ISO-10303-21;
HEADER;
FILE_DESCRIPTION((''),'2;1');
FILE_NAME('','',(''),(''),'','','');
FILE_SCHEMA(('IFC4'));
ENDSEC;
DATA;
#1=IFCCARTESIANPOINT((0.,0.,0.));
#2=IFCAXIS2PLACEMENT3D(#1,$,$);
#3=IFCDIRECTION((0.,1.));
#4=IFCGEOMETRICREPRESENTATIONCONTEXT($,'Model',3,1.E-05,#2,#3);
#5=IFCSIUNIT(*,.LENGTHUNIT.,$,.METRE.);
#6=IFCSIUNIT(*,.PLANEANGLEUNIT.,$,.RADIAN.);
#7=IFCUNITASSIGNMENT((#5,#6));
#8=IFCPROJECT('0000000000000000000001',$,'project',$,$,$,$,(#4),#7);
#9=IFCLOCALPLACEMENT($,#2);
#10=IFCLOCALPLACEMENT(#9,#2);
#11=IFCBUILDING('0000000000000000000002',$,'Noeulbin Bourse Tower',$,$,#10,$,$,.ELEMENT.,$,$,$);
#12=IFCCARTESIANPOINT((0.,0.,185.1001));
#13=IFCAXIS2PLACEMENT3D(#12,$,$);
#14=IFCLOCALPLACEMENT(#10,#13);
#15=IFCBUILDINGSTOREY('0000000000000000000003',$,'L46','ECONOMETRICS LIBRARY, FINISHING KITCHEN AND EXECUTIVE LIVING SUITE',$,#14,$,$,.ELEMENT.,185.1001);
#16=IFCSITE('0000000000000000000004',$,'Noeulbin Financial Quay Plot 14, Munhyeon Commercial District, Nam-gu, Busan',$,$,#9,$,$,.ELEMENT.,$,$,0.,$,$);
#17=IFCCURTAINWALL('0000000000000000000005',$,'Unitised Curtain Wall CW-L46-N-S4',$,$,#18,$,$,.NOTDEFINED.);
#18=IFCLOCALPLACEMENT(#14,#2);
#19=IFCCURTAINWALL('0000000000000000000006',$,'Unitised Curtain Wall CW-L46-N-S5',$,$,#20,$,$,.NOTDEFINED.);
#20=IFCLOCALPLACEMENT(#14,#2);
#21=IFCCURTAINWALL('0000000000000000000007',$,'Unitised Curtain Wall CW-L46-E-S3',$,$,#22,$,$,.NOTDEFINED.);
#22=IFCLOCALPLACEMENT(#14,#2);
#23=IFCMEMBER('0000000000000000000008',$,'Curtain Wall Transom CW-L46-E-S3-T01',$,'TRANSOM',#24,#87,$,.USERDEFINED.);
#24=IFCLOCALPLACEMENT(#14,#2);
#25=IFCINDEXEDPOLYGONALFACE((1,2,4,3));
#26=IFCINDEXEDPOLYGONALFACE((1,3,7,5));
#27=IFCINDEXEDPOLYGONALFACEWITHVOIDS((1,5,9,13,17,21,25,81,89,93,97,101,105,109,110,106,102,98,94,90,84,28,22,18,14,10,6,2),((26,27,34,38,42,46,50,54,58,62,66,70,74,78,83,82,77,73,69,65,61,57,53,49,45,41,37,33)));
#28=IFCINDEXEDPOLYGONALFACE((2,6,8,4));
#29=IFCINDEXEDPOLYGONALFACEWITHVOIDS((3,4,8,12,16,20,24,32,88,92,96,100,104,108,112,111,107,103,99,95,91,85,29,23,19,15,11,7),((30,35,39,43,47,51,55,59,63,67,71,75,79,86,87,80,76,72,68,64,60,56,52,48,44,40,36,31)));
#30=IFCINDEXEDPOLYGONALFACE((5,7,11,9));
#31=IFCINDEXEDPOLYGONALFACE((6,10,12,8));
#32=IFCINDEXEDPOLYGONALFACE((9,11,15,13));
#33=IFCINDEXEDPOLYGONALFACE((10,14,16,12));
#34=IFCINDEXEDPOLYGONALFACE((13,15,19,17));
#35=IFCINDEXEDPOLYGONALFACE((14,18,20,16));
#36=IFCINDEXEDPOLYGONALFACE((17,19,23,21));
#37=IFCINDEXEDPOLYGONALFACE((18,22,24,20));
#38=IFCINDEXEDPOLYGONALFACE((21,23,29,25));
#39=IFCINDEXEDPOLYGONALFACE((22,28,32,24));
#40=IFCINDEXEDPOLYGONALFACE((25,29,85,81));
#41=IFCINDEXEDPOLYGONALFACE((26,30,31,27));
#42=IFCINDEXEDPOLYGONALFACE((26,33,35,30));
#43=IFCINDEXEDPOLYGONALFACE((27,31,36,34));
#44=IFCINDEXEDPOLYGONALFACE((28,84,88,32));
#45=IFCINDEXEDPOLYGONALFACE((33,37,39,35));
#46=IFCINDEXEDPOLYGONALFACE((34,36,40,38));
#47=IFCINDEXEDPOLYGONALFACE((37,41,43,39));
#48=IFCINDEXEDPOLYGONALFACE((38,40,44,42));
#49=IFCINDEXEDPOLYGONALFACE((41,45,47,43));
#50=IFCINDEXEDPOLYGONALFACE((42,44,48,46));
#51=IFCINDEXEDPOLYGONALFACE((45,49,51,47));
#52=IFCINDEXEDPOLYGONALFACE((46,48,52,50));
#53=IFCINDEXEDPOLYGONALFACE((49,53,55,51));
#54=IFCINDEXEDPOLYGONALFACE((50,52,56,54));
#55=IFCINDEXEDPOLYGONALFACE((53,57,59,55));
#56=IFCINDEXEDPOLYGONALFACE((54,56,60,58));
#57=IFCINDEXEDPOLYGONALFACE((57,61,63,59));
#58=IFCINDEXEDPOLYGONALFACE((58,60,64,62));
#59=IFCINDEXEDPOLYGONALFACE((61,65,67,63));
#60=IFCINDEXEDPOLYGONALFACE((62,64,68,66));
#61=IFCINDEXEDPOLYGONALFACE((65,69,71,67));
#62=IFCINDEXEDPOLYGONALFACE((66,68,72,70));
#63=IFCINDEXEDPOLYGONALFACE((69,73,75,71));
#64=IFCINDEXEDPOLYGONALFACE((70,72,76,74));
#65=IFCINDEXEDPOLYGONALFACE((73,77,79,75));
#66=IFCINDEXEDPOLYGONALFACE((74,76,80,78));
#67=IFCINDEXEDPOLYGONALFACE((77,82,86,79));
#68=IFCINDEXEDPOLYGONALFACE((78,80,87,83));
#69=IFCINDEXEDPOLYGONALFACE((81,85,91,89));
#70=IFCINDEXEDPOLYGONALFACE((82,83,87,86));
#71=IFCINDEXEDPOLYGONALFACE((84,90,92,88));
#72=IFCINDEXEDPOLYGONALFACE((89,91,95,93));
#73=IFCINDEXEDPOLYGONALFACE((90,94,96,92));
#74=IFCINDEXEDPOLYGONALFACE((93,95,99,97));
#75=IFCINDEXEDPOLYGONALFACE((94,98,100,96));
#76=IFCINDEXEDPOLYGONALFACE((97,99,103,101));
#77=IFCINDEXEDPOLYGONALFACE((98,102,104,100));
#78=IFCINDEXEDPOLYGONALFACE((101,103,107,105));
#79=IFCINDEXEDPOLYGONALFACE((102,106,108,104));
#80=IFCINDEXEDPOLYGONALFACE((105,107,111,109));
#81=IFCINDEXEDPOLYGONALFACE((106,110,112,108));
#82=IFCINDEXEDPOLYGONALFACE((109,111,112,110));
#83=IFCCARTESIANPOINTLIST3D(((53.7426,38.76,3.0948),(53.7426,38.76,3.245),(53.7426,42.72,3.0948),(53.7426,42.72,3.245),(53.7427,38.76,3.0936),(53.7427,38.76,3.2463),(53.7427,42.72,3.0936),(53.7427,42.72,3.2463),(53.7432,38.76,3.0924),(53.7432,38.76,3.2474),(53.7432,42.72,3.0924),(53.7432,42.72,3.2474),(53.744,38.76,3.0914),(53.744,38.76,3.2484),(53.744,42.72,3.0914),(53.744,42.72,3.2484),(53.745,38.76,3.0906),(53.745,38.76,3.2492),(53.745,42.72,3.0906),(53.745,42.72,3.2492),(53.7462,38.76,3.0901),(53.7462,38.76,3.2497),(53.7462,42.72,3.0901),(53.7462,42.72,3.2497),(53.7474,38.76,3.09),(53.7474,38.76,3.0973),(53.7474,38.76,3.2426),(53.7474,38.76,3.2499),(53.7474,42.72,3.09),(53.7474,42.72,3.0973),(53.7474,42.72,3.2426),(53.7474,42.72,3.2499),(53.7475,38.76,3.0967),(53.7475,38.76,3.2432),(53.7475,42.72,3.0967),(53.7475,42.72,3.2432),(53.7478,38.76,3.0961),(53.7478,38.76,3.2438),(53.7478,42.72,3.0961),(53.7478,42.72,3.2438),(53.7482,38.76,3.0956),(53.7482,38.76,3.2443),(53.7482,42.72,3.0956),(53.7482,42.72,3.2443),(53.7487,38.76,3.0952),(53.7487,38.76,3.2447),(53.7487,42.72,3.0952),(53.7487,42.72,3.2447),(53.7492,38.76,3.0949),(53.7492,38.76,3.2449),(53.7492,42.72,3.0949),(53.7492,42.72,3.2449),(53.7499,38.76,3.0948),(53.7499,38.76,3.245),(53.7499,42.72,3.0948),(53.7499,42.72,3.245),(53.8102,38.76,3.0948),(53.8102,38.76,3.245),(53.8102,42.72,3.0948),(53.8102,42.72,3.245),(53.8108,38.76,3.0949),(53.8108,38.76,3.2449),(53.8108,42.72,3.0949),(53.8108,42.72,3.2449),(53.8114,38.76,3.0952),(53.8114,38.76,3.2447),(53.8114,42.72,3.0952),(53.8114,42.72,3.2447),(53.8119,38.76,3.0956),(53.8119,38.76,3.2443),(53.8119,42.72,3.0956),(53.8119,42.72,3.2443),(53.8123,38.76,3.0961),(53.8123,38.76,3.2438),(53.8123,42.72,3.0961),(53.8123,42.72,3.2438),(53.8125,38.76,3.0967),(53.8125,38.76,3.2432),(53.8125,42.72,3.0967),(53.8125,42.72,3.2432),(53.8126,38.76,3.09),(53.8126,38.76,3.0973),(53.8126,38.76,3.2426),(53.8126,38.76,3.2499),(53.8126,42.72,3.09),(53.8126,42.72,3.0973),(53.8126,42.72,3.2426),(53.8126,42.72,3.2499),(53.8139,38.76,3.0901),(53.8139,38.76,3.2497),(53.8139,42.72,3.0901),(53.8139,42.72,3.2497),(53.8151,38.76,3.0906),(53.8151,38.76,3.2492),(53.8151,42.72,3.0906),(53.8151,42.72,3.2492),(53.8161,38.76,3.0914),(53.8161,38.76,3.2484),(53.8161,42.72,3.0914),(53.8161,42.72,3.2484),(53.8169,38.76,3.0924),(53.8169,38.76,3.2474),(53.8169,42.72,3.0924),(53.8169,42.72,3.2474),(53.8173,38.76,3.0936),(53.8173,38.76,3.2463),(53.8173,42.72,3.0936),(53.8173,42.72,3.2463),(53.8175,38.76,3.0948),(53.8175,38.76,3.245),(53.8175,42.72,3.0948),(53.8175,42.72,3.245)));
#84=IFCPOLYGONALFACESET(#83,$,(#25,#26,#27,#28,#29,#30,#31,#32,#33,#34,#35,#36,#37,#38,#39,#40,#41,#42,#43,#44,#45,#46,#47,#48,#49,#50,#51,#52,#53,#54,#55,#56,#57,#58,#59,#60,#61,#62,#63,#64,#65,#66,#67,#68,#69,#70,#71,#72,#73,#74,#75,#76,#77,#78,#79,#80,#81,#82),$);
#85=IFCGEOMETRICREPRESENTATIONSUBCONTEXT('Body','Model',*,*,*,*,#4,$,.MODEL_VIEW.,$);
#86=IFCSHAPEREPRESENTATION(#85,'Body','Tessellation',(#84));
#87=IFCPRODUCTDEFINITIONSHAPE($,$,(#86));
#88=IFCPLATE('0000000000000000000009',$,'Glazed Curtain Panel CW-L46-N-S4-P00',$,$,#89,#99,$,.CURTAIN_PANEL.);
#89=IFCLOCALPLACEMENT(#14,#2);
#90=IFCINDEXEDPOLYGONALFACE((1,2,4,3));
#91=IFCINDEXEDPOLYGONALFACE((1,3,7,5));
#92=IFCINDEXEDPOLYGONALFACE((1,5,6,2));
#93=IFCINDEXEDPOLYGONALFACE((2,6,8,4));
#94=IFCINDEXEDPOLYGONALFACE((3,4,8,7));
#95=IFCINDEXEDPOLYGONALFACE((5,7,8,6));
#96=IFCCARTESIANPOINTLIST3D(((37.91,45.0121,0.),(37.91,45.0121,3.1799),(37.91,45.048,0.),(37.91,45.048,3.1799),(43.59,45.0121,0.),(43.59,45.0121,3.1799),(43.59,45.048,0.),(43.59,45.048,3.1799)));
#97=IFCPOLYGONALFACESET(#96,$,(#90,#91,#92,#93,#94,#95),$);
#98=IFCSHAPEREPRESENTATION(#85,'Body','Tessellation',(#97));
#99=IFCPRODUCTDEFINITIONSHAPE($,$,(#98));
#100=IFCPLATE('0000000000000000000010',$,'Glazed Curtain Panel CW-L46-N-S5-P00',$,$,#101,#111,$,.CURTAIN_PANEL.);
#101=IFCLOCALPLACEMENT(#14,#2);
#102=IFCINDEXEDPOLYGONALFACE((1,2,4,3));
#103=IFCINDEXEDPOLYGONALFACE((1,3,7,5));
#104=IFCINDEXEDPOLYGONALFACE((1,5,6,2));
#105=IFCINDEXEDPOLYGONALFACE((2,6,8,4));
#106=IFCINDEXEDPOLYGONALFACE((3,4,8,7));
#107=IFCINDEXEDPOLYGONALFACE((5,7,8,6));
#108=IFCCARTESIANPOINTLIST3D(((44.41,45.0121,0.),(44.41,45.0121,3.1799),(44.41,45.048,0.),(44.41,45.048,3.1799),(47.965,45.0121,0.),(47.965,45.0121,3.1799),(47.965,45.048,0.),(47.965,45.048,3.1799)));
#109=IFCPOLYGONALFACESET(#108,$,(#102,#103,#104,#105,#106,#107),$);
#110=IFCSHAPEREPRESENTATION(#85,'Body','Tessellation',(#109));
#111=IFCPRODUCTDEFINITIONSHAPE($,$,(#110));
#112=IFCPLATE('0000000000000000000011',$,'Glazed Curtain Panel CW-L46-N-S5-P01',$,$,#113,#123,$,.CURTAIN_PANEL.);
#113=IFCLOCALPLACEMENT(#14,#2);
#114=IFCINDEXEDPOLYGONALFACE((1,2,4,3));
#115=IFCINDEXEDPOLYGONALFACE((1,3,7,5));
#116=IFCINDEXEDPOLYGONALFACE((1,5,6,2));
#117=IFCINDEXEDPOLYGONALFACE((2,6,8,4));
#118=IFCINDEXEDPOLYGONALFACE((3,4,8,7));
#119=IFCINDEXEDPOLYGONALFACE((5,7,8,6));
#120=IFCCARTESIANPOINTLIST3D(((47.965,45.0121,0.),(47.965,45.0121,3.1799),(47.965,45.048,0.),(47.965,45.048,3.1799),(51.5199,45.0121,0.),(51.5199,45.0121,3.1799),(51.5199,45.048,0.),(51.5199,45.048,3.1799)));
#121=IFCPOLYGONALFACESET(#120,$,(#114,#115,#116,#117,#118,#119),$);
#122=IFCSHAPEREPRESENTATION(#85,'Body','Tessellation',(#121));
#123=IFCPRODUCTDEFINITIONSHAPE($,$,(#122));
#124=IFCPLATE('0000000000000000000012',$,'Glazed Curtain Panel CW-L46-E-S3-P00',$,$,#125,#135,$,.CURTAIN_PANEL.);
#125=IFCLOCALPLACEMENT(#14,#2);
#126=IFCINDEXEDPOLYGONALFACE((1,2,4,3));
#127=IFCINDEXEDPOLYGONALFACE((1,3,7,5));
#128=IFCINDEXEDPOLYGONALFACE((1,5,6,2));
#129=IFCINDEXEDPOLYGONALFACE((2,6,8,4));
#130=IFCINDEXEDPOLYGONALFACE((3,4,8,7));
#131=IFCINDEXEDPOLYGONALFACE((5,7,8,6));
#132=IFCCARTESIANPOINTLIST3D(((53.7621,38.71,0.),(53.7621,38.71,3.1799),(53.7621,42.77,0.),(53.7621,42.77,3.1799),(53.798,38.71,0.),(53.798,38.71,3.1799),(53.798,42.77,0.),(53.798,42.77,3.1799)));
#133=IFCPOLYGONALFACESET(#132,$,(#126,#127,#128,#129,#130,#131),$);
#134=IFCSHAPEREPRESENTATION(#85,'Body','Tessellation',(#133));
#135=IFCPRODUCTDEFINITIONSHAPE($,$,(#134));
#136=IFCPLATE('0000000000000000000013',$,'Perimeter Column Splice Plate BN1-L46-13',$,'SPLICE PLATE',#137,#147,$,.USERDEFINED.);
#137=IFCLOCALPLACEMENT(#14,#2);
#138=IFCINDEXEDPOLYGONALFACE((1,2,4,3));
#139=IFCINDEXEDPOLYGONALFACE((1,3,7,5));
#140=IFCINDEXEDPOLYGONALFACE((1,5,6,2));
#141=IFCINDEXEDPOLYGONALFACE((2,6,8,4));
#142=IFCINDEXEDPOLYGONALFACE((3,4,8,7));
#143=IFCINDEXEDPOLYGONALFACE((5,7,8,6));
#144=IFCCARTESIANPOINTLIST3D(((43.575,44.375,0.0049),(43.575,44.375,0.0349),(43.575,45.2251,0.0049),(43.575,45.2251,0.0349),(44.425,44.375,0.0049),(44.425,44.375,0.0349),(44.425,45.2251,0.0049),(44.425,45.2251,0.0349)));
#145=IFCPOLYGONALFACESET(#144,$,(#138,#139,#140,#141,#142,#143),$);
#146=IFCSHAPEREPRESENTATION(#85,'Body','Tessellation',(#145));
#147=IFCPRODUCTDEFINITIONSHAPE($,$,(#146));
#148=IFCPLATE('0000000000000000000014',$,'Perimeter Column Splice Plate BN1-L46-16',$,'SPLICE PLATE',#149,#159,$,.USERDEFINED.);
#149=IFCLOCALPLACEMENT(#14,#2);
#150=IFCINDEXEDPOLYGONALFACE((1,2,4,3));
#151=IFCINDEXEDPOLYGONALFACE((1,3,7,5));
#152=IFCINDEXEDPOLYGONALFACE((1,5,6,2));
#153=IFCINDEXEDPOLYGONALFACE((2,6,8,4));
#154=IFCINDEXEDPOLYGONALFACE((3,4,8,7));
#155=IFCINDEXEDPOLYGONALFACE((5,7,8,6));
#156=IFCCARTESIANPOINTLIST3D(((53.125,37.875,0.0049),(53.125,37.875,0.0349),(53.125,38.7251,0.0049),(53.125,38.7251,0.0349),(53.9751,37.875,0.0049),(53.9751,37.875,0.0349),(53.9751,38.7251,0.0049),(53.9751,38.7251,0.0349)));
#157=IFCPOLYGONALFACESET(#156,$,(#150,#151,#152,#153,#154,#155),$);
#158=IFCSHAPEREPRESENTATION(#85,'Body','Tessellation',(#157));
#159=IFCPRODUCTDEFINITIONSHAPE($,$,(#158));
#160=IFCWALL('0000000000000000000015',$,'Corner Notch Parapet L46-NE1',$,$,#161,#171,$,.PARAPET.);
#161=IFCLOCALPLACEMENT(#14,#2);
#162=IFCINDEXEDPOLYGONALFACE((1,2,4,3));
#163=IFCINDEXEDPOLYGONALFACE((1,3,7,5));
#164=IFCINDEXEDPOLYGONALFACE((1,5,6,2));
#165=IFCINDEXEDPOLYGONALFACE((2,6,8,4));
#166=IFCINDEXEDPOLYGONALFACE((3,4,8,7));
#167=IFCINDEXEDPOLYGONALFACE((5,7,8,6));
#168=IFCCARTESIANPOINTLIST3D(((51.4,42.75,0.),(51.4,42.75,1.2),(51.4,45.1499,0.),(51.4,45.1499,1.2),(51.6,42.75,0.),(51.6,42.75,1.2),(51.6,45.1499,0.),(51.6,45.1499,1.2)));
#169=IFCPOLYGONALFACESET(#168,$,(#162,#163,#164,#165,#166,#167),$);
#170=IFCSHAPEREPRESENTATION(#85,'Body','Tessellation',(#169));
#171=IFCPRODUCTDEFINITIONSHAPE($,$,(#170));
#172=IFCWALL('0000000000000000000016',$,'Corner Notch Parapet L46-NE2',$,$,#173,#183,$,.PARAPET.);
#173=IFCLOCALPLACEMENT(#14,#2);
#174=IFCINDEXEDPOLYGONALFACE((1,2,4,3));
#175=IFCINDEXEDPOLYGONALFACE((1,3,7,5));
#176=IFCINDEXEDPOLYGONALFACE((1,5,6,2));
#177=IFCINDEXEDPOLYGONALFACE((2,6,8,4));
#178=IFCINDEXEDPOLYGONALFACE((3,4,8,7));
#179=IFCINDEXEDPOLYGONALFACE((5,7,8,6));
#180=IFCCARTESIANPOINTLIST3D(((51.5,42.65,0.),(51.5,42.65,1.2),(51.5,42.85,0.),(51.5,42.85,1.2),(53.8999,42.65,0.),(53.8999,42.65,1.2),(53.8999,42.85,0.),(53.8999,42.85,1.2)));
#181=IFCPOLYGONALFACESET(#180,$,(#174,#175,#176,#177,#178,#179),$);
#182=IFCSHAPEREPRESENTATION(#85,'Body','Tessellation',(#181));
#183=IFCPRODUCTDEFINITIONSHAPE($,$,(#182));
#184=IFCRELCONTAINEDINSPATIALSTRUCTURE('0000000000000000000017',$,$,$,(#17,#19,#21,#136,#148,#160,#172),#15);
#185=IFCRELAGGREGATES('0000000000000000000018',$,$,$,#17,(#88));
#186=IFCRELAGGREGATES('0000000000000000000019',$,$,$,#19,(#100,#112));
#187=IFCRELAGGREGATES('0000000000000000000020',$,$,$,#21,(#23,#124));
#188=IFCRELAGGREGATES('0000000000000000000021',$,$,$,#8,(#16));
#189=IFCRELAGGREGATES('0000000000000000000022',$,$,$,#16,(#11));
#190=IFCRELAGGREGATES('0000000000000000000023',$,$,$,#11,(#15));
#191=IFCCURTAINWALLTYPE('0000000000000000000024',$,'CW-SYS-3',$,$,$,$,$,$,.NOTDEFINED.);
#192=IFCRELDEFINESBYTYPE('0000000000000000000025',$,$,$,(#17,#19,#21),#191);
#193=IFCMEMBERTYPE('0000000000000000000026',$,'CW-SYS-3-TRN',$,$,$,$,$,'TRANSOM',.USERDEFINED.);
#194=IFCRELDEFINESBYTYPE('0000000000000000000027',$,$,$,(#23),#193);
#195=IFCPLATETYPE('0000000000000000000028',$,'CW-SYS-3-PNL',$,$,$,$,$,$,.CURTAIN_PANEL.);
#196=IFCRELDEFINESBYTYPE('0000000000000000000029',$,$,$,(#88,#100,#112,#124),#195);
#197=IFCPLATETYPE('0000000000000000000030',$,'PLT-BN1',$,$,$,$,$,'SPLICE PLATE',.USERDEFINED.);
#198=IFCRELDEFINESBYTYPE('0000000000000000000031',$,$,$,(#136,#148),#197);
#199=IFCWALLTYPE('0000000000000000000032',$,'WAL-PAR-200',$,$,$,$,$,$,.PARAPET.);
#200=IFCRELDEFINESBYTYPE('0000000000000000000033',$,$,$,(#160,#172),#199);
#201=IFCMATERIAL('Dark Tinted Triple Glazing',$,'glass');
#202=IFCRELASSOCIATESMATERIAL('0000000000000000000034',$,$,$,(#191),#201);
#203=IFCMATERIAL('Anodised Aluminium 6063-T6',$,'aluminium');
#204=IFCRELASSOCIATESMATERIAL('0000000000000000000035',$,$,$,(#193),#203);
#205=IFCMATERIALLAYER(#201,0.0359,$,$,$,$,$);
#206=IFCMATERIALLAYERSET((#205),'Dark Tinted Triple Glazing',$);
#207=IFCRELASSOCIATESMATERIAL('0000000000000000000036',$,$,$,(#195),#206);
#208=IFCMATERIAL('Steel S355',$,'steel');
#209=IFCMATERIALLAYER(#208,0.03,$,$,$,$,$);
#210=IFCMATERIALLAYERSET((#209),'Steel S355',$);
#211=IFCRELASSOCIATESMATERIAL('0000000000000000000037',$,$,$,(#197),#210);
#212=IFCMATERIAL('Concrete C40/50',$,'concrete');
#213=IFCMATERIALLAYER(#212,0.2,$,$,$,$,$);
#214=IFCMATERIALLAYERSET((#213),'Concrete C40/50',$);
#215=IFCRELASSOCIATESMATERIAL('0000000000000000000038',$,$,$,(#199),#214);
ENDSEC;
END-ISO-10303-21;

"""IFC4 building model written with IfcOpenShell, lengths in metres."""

from ifc_helpers import new_model, si_unit, direction, frame, frame_2d, origin, origin_2d, place, context, subcontext, project, spatial, rectangle, hollow_rectangle, extrude, material, layer, layer_set, material_profile, profile_set, type_object, element, aggregate, save


model = new_model("IFC4")

# Units and contexts
model_context = context("Model", 3, precision=1e-05, world=origin(), true_north=direction((0.0, 1.0)))
body_context = subcontext(model_context, "Body", "Model", "MODEL_VIEW")
ifc_project = project(units=[si_unit("LENGTHUNIT", "METRE"), si_unit("PLANEANGLEUNIT", "RADIAN")], contexts=[model_context])

# Site, building, storey
site_placement = place(None, origin())
site = spatial("IfcSite", under=ifc_project, at=site_placement, Name="Noeulbin Financial Quay Plot 14, Munhyeon Commercial District, Nam-gu, Busan", CompositionType="ELEMENT", RefElevation=0.0)
building_placement = place(site_placement, origin())
building = spatial("IfcBuilding", under=site, at=building_placement, Name="Noeulbin Bourse Tower", CompositionType="ELEMENT")
storey_placement = place(building_placement, frame((0.0, 0.0, 185.1001)))
storey = spatial("IfcBuildingStorey", under=building, at=storey_placement, Name="L46", Description="ECONOMETRICS LIBRARY, FINISHING KITCHEN AND EXECUTIVE LIVING SUITE", CompositionType="ELEMENT", Elevation=185.1001)

# Shared definitions
ifc_material_1 = material(Name="Steel S355", Category="steel")

# Curtain wall
ifc_material_2 = material(Name="Dark Tinted Triple Glazing", Category="glass")
curtain_wall_type = type_object("IfcCurtainWallType", Name="CW-SYS-3", PredefinedType="NOTDEFINED", material=ifc_material_2)
curtain_wall_1_placement = place(storey_placement, origin())
curtain_wall_1 = element("IfcCurtainWall", 1, at=curtain_wall_1_placement, inside=storey, type_object=curtain_wall_type, Name="Unitised Curtain Wall CW-L46-N-S4", PredefinedType="NOTDEFINED")
ifc_material_3 = material(Name="Anodised Aluminium 6063-T6", Category="aluminium")

# Curtain walls
curtain_wall_2_placement = place(storey_placement, origin())
curtain_wall_2 = element("IfcCurtainWall", 2, at=curtain_wall_2_placement, inside=storey, type_object=curtain_wall_type, Name="Unitised Curtain Wall CW-L46-N-S5", PredefinedType="NOTDEFINED")
curtain_wall_3_placement = place(storey_placement, origin())
curtain_wall_3 = element("IfcCurtainWall", 3, at=curtain_wall_3_placement, inside=storey, type_object=curtain_wall_type, Name="Unitised Curtain Wall CW-L46-E-S3", PredefinedType="NOTDEFINED")

# Member
ifc_material_profile_1 = material_profile(ifc_material_3, hollow_rectangle(XDim=0.075, YDim=0.1599, WallThickness=0.0049, InnerFilletRadius=0.0024, OuterFilletRadius=0.0049, at=origin_2d()), Name="ALU-TRAN-75x160x5", Category="LoadBearing")
ifc_profile_set_1 = profile_set([ifc_material_profile_1], Name="Anodised Aluminium 6063-T6")
member_type_1 = type_object("IfcMemberType", Name="CW-SYS-3-TRN", ElementType="TRANSOM", PredefinedType="USERDEFINED", material=ifc_profile_set_1)
member_1_placement = place(storey_placement, frame((53.78, 38.76, 3.1699), z_axis=(0.0, 1.0, 0.0), x_axis=(-1.0, 0.0, 0.0)))
member_1 = element("IfcMember", 4, at=member_1_placement, type_object=member_type_1, Name="Curtain Wall Transom CW-L46-E-S3-T01", ObjectType="TRANSOM", PredefinedType="USERDEFINED", context=body_context, shape_type="SweptSolid", body=[
    extrude(hollow_rectangle(XDim=0.075, YDim=0.1599, WallThickness=0.0049, InnerFilletRadius=0.0024, OuterFilletRadius=0.0049, at=origin_2d()), origin(), (0.0, 0.0, 1.0), 3.96),
])

# Plates
ifc_layer_1 = layer(ifc_material_2, 0.0359)
ifc_layer_set_1 = layer_set([ifc_layer_1], Name="Dark Tinted Triple Glazing")
plate_type_1 = type_object("IfcPlateType", Name="CW-SYS-3-PNL", PredefinedType="CURTAIN_PANEL", material=ifc_layer_set_1)
plate_1_placement = place(storey_placement, frame((40.75, 45.03, 0.0), z_axis=(0.0, 0.0, 1.0), x_axis=(1.0, 0.0, 0.0)))
plate_1 = element("IfcPlate", 5, at=plate_1_placement, type_object=plate_type_1, Name="Glazed Curtain Panel CW-L46-N-S4-P00", PredefinedType="CURTAIN_PANEL", context=body_context, shape_type="SweptSolid", body=[
    extrude(rectangle(XDim=5.6799, YDim=0.0359, at=origin_2d()), origin(), (0.0, 0.0, 1.0), 3.1799),
])
aggregate(curtain_wall_1, [plate_1])
plate_2_placement = place(storey_placement, frame((46.1875, 45.03, 0.0), z_axis=(0.0, 0.0, 1.0), x_axis=(1.0, 0.0, 0.0)))
plate_2 = element("IfcPlate", 6, at=plate_2_placement, type_object=plate_type_1, Name="Glazed Curtain Panel CW-L46-N-S5-P00", PredefinedType="CURTAIN_PANEL", context=body_context, shape_type="SweptSolid", body=[
    extrude(rectangle(XDim=3.5549, YDim=0.0359, at=origin_2d()), origin(), (0.0, 0.0, 1.0), 3.1799),
])
plate_3_placement = place(storey_placement, frame((49.7424, 45.03, 0.0), z_axis=(0.0, 0.0, 1.0), x_axis=(1.0, 0.0, 0.0)))
plate_3 = element("IfcPlate", 7, at=plate_3_placement, type_object=plate_type_1, Name="Glazed Curtain Panel CW-L46-N-S5-P01", PredefinedType="CURTAIN_PANEL", context=body_context, shape_type="SweptSolid", body=[
    extrude(rectangle(XDim=3.5549, YDim=0.0359, at=origin_2d()), origin(), (0.0, 0.0, 1.0), 3.1799),
])
aggregate(curtain_wall_2, [plate_2, plate_3])
plate_4_placement = place(storey_placement, frame((53.78, 40.74, 0.0), z_axis=(0.0, 0.0, 1.0), x_axis=(0.0, 1.0, 0.0)))
plate_4 = element("IfcPlate", 8, at=plate_4_placement, type_object=plate_type_1, Name="Glazed Curtain Panel CW-L46-E-S3-P00", PredefinedType="CURTAIN_PANEL", context=body_context, shape_type="SweptSolid", body=[
    extrude(rectangle(XDim=4.0601, YDim=0.0359, at=origin_2d()), origin(), (0.0, 0.0, 1.0), 3.1799),
])
aggregate(curtain_wall_3, [member_1, plate_4])

# Plates
ifc_layer_2 = layer(ifc_material_1, 0.03)
ifc_layer_set_2 = layer_set([ifc_layer_2], Name="Steel S355")
plate_type_2 = type_object("IfcPlateType", Name="PLT-BN1", ElementType="SPLICE PLATE", PredefinedType="USERDEFINED", material=ifc_layer_set_2)
for number, where, z_axis, x_axis, name in (
    (9, (44.0, 44.8, 0.0049), (0.0, 0.0, 1.0), (1.0, 0.0, 0.0), "Perimeter Column Splice Plate BN1-L46-13"),
    (10, (53.55, 38.3, 0.0049), (0.0, 0.0, 1.0), (1.0, 0.0, 0.0), "Perimeter Column Splice Plate BN1-L46-16"),
):
    element("IfcPlate", number, at=place(storey_placement, frame(where, z_axis=z_axis, x_axis=x_axis)), inside=storey, type_object=plate_type_2, Name=name, ObjectType="SPLICE PLATE", PredefinedType="USERDEFINED", context=body_context, shape_type="SweptSolid", body=[
        extrude(rectangle(XDim=0.8501, YDim=0.8501, at=origin_2d()), origin(), (0.0, 0.0, 1.0), 0.03),
    ])

# Walls
ifc_material_4 = material(Name="Concrete C40/50", Category="concrete")
ifc_layer_3 = layer(ifc_material_4, 0.2)
ifc_layer_set_3 = layer_set([ifc_layer_3], Name="Concrete C40/50")
wall_type_1 = type_object("IfcWallType", Name="WAL-PAR-200", PredefinedType="PARAPET", material=ifc_layer_set_3)
for number, where, z_axis, x_axis, name in (
    (11, (51.5, 45.1499, 0.0), (0.0, 0.0, 1.0), (0.0, -1.0, 0.0), "Corner Notch Parapet L46-NE1"),
    (12, (51.5, 42.75, 0.0), (0.0, 0.0, 1.0), (1.0, 0.0, 0.0), "Corner Notch Parapet L46-NE2"),
):
    element("IfcWall", number, at=place(storey_placement, frame(where, z_axis=z_axis, x_axis=x_axis)), inside=storey, type_object=wall_type_1, Name=name, PredefinedType="PARAPET", context=body_context, shape_type="SweptSolid", body=[
        extrude(rectangle(XDim=2.3999, YDim=0.2, at=frame_2d((1.2, 0.0))), origin(), (0.0, 0.0, 1.0), 1.2),
    ])

save(model, "model.ifc")
